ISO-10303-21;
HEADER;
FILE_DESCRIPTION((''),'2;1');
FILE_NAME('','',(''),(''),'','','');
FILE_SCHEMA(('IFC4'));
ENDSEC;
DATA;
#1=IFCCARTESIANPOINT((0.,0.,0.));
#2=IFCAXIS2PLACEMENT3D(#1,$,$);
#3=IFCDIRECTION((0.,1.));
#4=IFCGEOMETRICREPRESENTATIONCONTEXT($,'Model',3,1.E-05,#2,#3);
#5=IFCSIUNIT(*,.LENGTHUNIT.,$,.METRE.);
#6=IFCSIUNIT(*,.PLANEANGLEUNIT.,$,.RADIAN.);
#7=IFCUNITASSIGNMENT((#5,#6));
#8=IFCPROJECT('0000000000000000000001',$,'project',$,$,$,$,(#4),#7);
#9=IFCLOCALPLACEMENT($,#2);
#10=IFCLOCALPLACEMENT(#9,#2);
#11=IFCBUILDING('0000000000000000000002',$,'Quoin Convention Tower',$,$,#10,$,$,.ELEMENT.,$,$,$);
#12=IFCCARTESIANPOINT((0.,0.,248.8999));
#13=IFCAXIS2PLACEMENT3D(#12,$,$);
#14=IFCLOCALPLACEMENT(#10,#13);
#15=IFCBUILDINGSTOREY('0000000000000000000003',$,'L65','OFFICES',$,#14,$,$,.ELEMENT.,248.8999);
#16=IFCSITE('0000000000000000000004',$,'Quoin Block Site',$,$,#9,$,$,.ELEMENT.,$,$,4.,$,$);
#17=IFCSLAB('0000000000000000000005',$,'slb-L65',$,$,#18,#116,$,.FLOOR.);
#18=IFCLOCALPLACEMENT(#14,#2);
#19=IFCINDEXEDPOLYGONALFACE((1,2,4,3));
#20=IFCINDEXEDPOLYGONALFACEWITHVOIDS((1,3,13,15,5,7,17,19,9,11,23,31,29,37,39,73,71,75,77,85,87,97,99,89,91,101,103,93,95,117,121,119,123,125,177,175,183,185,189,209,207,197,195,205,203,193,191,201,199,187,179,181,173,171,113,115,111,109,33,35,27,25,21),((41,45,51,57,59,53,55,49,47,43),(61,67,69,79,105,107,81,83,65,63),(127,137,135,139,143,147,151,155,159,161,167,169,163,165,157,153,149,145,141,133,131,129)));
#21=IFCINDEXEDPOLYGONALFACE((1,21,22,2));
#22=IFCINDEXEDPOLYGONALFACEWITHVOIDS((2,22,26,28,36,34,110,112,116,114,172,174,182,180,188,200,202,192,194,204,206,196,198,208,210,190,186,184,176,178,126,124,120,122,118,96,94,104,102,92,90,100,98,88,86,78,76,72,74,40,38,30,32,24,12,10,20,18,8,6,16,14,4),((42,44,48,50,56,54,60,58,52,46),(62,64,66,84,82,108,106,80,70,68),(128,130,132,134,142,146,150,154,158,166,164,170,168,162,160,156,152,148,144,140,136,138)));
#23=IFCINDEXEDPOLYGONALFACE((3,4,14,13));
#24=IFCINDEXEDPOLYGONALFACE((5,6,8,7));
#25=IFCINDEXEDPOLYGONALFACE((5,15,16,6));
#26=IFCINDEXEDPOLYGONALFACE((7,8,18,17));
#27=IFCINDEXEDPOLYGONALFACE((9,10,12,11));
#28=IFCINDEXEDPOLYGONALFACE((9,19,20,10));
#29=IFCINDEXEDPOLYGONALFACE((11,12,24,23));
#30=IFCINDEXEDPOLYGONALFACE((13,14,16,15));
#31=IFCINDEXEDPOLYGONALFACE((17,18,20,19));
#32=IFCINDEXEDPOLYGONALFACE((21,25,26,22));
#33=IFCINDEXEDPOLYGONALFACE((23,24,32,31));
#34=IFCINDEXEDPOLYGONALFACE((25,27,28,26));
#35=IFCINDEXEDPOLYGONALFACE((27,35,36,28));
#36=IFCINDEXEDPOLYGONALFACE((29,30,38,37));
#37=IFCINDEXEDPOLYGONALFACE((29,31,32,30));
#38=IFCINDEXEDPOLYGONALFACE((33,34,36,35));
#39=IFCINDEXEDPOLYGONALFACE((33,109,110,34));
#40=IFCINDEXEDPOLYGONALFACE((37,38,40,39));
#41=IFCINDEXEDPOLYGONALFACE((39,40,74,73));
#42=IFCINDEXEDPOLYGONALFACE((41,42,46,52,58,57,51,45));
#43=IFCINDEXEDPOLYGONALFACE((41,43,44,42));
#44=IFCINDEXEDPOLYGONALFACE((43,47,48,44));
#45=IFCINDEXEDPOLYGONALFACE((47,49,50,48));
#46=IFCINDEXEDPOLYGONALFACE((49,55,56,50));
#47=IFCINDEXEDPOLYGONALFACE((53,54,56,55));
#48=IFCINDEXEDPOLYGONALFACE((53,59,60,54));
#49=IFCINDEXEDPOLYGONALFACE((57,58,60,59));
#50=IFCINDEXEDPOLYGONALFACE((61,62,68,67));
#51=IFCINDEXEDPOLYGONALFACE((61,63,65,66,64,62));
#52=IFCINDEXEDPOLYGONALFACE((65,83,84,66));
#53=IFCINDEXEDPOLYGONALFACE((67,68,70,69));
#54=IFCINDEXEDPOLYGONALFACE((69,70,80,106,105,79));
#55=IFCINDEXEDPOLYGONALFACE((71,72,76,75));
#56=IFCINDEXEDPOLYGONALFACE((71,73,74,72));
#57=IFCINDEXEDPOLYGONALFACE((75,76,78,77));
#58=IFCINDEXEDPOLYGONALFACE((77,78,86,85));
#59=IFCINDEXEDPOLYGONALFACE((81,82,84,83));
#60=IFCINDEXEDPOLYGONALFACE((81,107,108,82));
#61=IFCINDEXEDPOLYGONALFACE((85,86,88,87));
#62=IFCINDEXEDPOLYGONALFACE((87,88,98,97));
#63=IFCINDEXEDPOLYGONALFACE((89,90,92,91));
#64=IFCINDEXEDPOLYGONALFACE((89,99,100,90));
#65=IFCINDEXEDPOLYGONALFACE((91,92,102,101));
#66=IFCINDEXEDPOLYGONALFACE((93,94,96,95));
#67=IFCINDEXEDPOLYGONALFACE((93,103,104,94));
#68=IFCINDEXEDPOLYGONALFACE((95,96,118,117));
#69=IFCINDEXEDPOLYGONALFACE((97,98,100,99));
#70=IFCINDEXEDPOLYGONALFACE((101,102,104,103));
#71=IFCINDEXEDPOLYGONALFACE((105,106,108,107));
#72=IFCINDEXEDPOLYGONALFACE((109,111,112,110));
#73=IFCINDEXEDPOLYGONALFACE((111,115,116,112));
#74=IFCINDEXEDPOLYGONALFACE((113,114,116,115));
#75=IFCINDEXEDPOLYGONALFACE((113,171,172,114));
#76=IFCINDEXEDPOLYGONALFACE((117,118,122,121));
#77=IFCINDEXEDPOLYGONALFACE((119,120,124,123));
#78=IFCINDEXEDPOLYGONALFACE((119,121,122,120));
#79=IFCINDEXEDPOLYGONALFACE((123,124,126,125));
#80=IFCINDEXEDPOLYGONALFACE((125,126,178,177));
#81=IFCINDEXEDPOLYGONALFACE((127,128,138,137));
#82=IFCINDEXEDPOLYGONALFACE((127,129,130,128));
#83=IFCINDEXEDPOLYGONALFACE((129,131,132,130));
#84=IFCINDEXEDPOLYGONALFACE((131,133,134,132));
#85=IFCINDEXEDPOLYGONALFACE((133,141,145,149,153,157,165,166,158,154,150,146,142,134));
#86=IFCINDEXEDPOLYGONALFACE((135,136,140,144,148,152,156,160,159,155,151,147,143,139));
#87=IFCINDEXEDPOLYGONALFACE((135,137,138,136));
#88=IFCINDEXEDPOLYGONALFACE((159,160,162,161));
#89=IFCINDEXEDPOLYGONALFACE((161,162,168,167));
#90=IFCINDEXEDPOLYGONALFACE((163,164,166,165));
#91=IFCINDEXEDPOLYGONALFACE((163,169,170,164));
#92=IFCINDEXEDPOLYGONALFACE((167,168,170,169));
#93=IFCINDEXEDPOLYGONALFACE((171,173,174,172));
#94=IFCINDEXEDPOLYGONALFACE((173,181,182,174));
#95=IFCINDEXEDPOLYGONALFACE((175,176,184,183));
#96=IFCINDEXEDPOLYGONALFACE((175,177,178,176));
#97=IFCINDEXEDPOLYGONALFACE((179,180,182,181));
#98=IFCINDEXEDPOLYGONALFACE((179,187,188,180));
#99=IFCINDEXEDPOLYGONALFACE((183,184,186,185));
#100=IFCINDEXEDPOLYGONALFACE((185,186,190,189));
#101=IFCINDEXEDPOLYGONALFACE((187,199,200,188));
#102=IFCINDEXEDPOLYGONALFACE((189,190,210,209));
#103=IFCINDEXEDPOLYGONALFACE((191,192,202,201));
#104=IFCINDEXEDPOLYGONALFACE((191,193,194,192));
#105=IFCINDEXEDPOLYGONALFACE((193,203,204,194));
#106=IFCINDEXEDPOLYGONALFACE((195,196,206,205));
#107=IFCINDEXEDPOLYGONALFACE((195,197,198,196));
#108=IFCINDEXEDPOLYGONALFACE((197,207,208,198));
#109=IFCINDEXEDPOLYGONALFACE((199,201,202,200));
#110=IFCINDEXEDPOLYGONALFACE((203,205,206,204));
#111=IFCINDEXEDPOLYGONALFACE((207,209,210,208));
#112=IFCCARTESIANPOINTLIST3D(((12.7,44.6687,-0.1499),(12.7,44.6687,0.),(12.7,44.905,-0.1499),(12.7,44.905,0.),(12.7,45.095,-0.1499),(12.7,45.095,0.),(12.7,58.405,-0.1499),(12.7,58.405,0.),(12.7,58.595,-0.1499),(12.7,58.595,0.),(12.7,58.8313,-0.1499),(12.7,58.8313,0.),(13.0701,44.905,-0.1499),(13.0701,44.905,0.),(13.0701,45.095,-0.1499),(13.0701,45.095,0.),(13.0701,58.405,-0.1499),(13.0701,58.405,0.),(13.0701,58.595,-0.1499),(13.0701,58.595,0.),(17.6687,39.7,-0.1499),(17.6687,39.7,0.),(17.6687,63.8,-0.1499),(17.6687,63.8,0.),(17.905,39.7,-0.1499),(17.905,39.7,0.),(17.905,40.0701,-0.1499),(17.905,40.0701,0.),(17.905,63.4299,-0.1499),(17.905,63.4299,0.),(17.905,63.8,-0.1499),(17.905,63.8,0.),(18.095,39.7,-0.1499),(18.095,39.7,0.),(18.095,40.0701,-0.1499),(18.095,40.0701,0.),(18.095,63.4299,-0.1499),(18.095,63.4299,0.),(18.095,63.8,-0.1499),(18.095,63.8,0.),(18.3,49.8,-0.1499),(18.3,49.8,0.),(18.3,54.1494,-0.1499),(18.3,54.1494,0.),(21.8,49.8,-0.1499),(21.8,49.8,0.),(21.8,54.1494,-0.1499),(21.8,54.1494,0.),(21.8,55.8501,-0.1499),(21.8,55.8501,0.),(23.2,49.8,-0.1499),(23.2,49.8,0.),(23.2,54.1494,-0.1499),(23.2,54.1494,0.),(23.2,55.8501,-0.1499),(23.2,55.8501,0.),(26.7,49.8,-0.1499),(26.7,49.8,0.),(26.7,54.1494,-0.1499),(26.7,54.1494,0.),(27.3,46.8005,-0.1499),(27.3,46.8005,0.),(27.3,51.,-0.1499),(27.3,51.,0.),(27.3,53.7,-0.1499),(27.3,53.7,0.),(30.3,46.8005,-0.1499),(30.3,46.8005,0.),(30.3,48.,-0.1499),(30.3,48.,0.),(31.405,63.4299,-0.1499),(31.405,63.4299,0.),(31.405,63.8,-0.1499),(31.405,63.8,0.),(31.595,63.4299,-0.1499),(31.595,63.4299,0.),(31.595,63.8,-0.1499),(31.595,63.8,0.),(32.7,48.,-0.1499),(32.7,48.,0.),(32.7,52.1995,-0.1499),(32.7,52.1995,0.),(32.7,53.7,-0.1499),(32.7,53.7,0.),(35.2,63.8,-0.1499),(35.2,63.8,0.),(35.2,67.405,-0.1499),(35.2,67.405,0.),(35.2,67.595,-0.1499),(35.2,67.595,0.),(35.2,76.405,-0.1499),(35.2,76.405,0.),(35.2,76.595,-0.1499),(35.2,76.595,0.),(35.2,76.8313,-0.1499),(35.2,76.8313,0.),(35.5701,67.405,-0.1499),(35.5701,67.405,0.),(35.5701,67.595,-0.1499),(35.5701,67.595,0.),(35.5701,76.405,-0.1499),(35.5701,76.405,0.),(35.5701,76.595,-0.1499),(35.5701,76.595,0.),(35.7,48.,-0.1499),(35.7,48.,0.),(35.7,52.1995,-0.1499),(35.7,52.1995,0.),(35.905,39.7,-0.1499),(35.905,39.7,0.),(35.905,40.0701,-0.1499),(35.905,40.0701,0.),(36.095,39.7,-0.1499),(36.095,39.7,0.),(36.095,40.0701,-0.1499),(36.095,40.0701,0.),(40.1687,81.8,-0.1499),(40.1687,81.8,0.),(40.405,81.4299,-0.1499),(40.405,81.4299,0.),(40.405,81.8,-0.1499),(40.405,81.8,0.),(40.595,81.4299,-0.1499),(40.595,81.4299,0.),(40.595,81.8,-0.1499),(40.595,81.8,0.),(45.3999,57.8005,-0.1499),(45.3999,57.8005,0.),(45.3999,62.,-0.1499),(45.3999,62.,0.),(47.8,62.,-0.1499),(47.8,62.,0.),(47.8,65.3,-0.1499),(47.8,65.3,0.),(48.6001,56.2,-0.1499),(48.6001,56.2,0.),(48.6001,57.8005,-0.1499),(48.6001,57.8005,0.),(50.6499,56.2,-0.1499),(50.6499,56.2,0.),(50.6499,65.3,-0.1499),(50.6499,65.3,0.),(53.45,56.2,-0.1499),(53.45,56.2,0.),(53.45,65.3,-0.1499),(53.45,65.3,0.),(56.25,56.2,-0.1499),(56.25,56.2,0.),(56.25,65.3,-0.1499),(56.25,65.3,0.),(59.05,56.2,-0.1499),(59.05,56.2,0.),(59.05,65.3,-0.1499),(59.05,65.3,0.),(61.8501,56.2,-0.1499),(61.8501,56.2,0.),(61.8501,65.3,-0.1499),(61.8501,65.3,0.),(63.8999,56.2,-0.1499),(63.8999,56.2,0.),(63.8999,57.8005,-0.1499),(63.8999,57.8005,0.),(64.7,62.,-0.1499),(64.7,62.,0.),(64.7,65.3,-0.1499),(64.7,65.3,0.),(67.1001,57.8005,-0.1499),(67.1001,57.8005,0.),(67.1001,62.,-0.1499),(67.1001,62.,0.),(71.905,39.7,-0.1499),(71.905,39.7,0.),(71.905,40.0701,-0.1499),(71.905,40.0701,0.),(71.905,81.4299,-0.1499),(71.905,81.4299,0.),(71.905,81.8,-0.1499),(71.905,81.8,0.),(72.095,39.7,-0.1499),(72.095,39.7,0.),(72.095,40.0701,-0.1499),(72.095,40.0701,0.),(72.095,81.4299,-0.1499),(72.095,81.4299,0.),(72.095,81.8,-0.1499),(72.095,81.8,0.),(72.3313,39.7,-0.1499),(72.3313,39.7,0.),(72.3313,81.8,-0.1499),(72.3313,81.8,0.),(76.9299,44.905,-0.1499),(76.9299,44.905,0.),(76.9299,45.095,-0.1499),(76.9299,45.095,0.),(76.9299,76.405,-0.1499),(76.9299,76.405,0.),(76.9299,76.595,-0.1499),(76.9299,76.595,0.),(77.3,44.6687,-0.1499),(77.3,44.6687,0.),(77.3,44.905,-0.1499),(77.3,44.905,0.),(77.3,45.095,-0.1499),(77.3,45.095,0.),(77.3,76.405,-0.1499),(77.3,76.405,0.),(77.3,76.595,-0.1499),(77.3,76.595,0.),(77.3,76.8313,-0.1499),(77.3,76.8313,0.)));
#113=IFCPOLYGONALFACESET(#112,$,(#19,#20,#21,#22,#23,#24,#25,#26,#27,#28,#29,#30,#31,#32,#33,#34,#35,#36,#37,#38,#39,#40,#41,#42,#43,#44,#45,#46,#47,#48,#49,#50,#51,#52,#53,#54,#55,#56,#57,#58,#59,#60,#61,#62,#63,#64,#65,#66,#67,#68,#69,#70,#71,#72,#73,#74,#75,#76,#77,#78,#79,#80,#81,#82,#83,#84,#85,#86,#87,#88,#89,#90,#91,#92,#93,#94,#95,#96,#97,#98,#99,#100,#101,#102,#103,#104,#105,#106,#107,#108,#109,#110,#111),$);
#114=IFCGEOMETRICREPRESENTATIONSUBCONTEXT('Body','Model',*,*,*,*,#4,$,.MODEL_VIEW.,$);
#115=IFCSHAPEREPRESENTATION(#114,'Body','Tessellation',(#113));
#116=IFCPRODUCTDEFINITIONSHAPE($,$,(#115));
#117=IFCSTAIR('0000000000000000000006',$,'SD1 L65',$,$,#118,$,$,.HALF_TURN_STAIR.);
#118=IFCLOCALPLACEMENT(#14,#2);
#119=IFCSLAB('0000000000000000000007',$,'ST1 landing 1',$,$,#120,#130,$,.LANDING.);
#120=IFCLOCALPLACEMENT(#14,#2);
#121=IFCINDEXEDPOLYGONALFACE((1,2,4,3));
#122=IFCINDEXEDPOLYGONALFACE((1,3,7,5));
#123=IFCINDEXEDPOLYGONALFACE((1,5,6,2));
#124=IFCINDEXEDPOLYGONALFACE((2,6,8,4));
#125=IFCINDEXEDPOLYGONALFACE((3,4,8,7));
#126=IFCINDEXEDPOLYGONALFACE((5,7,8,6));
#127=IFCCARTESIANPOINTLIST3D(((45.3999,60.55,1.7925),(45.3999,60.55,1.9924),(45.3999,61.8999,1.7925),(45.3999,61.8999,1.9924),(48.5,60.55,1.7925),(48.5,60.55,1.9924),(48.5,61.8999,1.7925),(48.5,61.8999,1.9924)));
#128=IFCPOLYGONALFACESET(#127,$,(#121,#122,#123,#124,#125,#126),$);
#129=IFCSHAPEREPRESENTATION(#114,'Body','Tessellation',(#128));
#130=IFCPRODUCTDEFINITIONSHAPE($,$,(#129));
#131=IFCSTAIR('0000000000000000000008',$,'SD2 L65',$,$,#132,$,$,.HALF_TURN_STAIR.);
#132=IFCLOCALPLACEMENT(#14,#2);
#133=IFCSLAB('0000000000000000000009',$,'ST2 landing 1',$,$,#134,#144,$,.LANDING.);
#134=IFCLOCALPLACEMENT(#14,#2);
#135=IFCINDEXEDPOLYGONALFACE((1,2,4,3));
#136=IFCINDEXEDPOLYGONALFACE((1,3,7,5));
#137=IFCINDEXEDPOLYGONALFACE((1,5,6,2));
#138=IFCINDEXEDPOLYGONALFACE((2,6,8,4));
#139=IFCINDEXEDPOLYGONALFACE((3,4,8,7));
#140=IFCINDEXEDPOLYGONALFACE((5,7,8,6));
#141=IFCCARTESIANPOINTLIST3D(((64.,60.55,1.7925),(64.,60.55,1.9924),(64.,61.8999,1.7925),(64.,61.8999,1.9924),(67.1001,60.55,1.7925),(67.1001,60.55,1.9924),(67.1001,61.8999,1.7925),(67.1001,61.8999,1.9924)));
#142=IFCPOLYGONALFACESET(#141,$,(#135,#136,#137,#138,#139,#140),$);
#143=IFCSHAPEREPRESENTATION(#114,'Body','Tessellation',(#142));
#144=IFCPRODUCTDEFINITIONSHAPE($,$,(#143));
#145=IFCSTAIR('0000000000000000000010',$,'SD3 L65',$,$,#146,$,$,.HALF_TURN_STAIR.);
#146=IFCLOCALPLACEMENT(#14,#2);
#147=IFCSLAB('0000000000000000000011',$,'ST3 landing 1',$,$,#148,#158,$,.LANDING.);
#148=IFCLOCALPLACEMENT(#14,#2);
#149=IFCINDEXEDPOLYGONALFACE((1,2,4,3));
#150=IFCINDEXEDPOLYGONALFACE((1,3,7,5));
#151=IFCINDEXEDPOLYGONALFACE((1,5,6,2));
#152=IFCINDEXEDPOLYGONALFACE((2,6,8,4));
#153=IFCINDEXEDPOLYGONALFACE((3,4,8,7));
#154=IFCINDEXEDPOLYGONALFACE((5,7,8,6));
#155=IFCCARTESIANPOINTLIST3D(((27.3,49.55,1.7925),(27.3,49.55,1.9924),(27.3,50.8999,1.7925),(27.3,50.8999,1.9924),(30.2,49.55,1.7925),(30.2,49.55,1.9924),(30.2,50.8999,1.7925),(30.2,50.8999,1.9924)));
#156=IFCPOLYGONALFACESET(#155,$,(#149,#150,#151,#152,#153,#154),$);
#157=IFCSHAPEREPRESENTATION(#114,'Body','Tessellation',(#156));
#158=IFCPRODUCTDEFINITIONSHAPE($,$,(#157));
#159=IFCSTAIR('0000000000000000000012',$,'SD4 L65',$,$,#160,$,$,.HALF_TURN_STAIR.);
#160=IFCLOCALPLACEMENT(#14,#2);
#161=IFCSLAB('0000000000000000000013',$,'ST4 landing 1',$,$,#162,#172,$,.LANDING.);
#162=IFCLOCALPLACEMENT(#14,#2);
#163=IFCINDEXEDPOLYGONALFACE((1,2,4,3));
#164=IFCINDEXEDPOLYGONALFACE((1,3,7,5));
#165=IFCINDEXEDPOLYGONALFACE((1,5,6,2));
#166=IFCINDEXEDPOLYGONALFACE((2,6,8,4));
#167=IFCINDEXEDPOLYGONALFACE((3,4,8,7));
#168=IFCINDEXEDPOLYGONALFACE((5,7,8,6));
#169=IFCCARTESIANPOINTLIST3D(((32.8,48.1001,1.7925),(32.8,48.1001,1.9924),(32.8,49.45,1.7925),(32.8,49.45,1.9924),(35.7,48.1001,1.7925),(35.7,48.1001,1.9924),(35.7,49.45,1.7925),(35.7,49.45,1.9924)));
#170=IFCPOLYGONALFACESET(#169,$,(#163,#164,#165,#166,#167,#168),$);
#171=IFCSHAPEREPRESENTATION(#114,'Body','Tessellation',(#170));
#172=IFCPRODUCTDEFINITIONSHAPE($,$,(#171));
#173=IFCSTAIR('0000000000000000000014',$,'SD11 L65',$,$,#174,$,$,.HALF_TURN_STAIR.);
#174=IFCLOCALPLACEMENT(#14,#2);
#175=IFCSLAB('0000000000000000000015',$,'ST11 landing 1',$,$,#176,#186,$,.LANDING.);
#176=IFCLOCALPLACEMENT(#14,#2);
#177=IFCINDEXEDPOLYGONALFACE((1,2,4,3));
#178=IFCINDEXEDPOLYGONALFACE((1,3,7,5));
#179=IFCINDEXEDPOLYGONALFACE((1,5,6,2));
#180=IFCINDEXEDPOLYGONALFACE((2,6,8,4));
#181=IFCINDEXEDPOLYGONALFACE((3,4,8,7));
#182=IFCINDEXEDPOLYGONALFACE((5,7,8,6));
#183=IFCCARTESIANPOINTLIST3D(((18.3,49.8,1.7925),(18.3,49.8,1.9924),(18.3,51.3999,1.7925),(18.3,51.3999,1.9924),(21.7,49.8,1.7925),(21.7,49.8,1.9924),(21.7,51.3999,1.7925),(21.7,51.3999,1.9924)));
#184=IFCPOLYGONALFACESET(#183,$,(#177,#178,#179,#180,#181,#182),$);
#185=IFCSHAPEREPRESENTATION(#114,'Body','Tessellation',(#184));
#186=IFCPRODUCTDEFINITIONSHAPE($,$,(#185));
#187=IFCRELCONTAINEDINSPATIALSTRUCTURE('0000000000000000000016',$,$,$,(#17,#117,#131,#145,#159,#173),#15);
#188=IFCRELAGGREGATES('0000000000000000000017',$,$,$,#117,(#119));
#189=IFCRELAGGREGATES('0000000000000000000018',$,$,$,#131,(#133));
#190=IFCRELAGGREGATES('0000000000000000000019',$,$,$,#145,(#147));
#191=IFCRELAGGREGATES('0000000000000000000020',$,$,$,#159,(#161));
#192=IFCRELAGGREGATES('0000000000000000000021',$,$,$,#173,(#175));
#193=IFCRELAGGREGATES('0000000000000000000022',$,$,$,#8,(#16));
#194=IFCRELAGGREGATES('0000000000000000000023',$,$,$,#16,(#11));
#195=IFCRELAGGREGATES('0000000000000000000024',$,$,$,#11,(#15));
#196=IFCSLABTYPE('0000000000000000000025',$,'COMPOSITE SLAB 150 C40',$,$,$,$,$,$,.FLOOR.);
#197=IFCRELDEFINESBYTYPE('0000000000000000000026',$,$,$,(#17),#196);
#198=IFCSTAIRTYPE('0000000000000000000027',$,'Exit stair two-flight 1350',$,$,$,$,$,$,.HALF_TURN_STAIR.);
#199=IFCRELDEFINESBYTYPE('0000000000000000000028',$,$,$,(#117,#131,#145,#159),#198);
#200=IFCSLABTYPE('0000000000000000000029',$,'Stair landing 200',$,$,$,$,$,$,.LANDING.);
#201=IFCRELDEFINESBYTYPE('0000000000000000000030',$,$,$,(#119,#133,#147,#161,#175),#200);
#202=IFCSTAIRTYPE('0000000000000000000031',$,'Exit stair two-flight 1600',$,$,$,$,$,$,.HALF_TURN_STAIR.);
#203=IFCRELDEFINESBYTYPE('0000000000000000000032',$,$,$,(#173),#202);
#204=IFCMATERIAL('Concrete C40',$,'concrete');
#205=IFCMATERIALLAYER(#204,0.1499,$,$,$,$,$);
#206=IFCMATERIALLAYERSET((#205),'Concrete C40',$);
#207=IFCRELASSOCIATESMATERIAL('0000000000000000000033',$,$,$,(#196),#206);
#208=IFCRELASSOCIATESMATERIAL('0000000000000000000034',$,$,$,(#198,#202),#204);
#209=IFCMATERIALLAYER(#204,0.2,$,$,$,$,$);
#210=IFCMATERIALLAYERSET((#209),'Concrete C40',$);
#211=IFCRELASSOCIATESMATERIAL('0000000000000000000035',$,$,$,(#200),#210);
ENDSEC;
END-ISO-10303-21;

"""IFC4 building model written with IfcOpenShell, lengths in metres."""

from ifc_helpers import new_model, si_unit, direction, frame, origin, place, context, subcontext, project, spatial, polyline, outline, extrude, material, layer, layer_set, type_object, element, aggregate, save


model = new_model("IFC4")

# Units and contexts
model_context = context("Model", 3, precision=1e-05, world=origin(), true_north=direction((0.0, 1.0)))
body_context = subcontext(model_context, "Body", "Model", "MODEL_VIEW")
ifc_project = project(units=[si_unit("LENGTHUNIT", "METRE"), si_unit("PLANEANGLEUNIT", "RADIAN")], contexts=[model_context])

# Site, building, storey
site_placement = place(None, origin())
site = spatial("IfcSite", under=ifc_project, at=site_placement, Name="Quoin Block Site", CompositionType="ELEMENT", RefElevation=4.0)
building_placement = place(site_placement, origin())
building = spatial("IfcBuilding", under=site, at=building_placement, Name="Quoin Convention Tower", CompositionType="ELEMENT")
storey_placement = place(building_placement, frame((0.0, 0.0, 248.8999)))
storey = spatial("IfcBuildingStorey", under=building, at=storey_placement, Name="L65", Description="OFFICES", CompositionType="ELEMENT", Elevation=248.8999)

# Slab
ifc_material_1 = material(Name="Concrete C40", Category="concrete")
ifc_layer_1 = layer(ifc_material_1, 0.1499)
ifc_layer_set_1 = layer_set([ifc_layer_1], Name="Concrete C40")
slab_type_1 = type_object("IfcSlabType", Name="COMPOSITE SLAB 150 C40", PredefinedType="FLOOR", material=ifc_layer_set_1)
slab_1_placement = place(storey_placement, frame((0.0, 0.0, -0.1499)))
element("IfcSlab", 1, at=slab_1_placement, inside=storey, type_object=slab_type_1, Name="slb-L65", PredefinedType="FLOOR", context=body_context, shape_type="SweptSolid", body=[
    extrude(outline(polyline([(12.7, 44.6687), (12.7, 44.905), (13.0701, 44.905), (13.0701, 45.095), (12.7, 45.095), (12.7, 58.405), (13.0701, 58.405), (13.0701, 58.595), (12.7, 58.595), (12.7, 58.8313), (17.6687, 63.8), (17.905, 63.8), (17.905, 63.4299), (18.095, 63.4299), (18.095, 63.8), (31.405, 63.8), (31.405, 63.4299), (31.595, 63.4299), (31.595, 63.8), (35.2, 63.8), (35.2, 67.405), (35.5701, 67.405), (35.5701, 67.595), (35.2, 67.595), (35.2, 76.405), (35.5701, 76.405), (35.5701, 76.595), (35.2, 76.595), (35.2, 76.8313), (40.1687, 81.8), (40.405, 81.8), (40.405, 81.4299), (40.595, 81.4299), (40.595, 81.8), (71.905, 81.8), (71.905, 81.4299), (72.095, 81.4299), (72.095, 81.8), (72.3313, 81.8), (77.3, 76.8313), (77.3, 76.595), (76.9299, 76.595), (76.9299, 76.405), (77.3, 76.405), (77.3, 45.095), (76.9299, 45.095), (76.9299, 44.905), (77.3, 44.905), (77.3, 44.6687), (72.3313, 39.7), (72.095, 39.7), (72.095, 40.0701), (71.905, 40.0701), (71.905, 39.7), (36.095, 39.7), (36.095, 40.0701), (35.905, 40.0701), (35.905, 39.7), (18.095, 39.7), (18.095, 40.0701), (17.905, 40.0701), (17.905, 39.7), (17.6687, 39.7), (12.7, 44.6687)]), holes=[polyline([(27.3, 46.8005), (30.3, 46.8005), (30.3, 48.0), (32.7, 48.0), (35.7, 48.0), (35.7, 52.1995), (32.7, 52.1995), (32.7, 53.7), (27.3, 53.7), (27.3, 51.0), (27.3, 46.8005)]), polyline([(21.8, 49.8), (23.2, 49.8), (26.7, 49.8), (26.7, 54.1494), (23.2, 54.1494), (23.2, 55.8501), (21.8, 55.8501), (21.8, 54.1494), (18.3, 54.1494), (18.3, 49.8), (21.8, 49.8)]), polyline([(50.6499, 56.2), (53.45, 56.2), (56.25, 56.2), (59.05, 56.2), (61.8501, 56.2), (63.8999, 56.2), (63.8999, 57.8005), (67.1001, 57.8005), (67.1001, 62.0), (64.7, 62.0), (64.7, 65.3), (61.8501, 65.3), (59.05, 65.3), (56.25, 65.3), (53.45, 65.3), (50.6499, 65.3), (47.8, 65.3), (47.8, 62.0), (45.3999, 62.0), (45.3999, 57.8005), (48.6001, 57.8005), (48.6001, 56.2), (50.6499, 56.2)])]), origin(), (0.0, 0.0, 1.0), 0.1499),
])

# Stairs, slabs
stair_type_1 = type_object("IfcStairType", Name="Exit stair two-flight 1350", PredefinedType="HALF_TURN_STAIR", material=ifc_material_1)
stair_1_placement = place(storey_placement, origin())
stair_1 = element("IfcStair", 2, at=stair_1_placement, inside=storey, type_object=stair_type_1, Name="SD1 L65", PredefinedType="HALF_TURN_STAIR")
ifc_layer_2 = layer(ifc_material_1, 0.2)
ifc_layer_set_2 = layer_set([ifc_layer_2], Name="Concrete C40")
slab_type_2 = type_object("IfcSlabType", Name="Stair landing 200", PredefinedType="LANDING", material=ifc_layer_set_2)
slab_2_placement = place(storey_placement, frame((0.0, 0.0, 1.7925)))
slab_2 = element("IfcSlab", 3, at=slab_2_placement, type_object=slab_type_2, Name="ST1 landing 1", PredefinedType="LANDING", context=body_context, shape_type="SweptSolid", body=[
    extrude(outline(polyline([(45.3999, 60.55), (48.5, 60.55), (48.5, 61.8999), (45.3999, 61.8999), (45.3999, 60.55)])), origin(), (0.0, 0.0, 1.0), 0.2),
])
aggregate(stair_1, [slab_2])
stair_2_placement = place(storey_placement, origin())
stair_2 = element("IfcStair", 4, at=stair_2_placement, inside=storey, type_object=stair_type_1, Name="SD2 L65", PredefinedType="HALF_TURN_STAIR")
slab_3_placement = place(storey_placement, frame((0.0, 0.0, 1.7925)))
slab_3 = element("IfcSlab", 5, at=slab_3_placement, type_object=slab_type_2, Name="ST2 landing 1", PredefinedType="LANDING", context=body_context, shape_type="SweptSolid", body=[
    extrude(outline(polyline([(64.0, 60.55), (67.1001, 60.55), (67.1001, 61.8999), (64.0, 61.8999), (64.0, 60.55)])), origin(), (0.0, 0.0, 1.0), 0.2),
])
aggregate(stair_2, [slab_3])
stair_3_placement = place(storey_placement, origin())
stair_3 = element("IfcStair", 6, at=stair_3_placement, inside=storey, type_object=stair_type_1, Name="SD3 L65", PredefinedType="HALF_TURN_STAIR")
slab_4_placement = place(storey_placement, frame((0.0, 0.0, 1.7925)))
slab_4 = element("IfcSlab", 7, at=slab_4_placement, type_object=slab_type_2, Name="ST3 landing 1", PredefinedType="LANDING", context=body_context, shape_type="SweptSolid", body=[
    extrude(outline(polyline([(27.3, 49.55), (30.2, 49.55), (30.2, 50.8999), (27.3, 50.8999), (27.3, 49.55)])), origin(), (0.0, 0.0, 1.0), 0.2),
])
aggregate(stair_3, [slab_4])
stair_4_placement = place(storey_placement, origin())
stair_4 = element("IfcStair", 8, at=stair_4_placement, inside=storey, type_object=stair_type_1, Name="SD4 L65", PredefinedType="HALF_TURN_STAIR")
slab_5_placement = place(storey_placement, frame((0.0, 0.0, 1.7925)))
slab_5 = element("IfcSlab", 9, at=slab_5_placement, type_object=slab_type_2, Name="ST4 landing 1", PredefinedType="LANDING", context=body_context, shape_type="SweptSolid", body=[
    extrude(outline(polyline([(35.7, 49.45), (32.8, 49.45), (32.8, 48.1001), (35.7, 48.1001), (35.7, 49.45)])), origin(), (0.0, 0.0, 1.0), 0.2),
])
aggregate(stair_4, [slab_5])
stair_type_2 = type_object("IfcStairType", Name="Exit stair two-flight 1600", PredefinedType="HALF_TURN_STAIR", material=ifc_material_1)
stair_5_placement = place(storey_placement, origin())
stair_5 = element("IfcStair", 10, at=stair_5_placement, inside=storey, type_object=stair_type_2, Name="SD11 L65", PredefinedType="HALF_TURN_STAIR")
slab_6_placement = place(storey_placement, frame((0.0, 0.0, 1.7925)))
slab_6 = element("IfcSlab", 11, at=slab_6_placement, type_object=slab_type_2, Name="ST11 landing 1", PredefinedType="LANDING", context=body_context, shape_type="SweptSolid", body=[
    extrude(outline(polyline([(21.7, 51.3999), (18.3, 51.3999), (18.3, 49.8), (21.7, 49.8), (21.7, 51.3999)])), origin(), (0.0, 0.0, 1.0), 0.2),
])
aggregate(stair_5, [slab_6])

save(model, "model.ifc")
